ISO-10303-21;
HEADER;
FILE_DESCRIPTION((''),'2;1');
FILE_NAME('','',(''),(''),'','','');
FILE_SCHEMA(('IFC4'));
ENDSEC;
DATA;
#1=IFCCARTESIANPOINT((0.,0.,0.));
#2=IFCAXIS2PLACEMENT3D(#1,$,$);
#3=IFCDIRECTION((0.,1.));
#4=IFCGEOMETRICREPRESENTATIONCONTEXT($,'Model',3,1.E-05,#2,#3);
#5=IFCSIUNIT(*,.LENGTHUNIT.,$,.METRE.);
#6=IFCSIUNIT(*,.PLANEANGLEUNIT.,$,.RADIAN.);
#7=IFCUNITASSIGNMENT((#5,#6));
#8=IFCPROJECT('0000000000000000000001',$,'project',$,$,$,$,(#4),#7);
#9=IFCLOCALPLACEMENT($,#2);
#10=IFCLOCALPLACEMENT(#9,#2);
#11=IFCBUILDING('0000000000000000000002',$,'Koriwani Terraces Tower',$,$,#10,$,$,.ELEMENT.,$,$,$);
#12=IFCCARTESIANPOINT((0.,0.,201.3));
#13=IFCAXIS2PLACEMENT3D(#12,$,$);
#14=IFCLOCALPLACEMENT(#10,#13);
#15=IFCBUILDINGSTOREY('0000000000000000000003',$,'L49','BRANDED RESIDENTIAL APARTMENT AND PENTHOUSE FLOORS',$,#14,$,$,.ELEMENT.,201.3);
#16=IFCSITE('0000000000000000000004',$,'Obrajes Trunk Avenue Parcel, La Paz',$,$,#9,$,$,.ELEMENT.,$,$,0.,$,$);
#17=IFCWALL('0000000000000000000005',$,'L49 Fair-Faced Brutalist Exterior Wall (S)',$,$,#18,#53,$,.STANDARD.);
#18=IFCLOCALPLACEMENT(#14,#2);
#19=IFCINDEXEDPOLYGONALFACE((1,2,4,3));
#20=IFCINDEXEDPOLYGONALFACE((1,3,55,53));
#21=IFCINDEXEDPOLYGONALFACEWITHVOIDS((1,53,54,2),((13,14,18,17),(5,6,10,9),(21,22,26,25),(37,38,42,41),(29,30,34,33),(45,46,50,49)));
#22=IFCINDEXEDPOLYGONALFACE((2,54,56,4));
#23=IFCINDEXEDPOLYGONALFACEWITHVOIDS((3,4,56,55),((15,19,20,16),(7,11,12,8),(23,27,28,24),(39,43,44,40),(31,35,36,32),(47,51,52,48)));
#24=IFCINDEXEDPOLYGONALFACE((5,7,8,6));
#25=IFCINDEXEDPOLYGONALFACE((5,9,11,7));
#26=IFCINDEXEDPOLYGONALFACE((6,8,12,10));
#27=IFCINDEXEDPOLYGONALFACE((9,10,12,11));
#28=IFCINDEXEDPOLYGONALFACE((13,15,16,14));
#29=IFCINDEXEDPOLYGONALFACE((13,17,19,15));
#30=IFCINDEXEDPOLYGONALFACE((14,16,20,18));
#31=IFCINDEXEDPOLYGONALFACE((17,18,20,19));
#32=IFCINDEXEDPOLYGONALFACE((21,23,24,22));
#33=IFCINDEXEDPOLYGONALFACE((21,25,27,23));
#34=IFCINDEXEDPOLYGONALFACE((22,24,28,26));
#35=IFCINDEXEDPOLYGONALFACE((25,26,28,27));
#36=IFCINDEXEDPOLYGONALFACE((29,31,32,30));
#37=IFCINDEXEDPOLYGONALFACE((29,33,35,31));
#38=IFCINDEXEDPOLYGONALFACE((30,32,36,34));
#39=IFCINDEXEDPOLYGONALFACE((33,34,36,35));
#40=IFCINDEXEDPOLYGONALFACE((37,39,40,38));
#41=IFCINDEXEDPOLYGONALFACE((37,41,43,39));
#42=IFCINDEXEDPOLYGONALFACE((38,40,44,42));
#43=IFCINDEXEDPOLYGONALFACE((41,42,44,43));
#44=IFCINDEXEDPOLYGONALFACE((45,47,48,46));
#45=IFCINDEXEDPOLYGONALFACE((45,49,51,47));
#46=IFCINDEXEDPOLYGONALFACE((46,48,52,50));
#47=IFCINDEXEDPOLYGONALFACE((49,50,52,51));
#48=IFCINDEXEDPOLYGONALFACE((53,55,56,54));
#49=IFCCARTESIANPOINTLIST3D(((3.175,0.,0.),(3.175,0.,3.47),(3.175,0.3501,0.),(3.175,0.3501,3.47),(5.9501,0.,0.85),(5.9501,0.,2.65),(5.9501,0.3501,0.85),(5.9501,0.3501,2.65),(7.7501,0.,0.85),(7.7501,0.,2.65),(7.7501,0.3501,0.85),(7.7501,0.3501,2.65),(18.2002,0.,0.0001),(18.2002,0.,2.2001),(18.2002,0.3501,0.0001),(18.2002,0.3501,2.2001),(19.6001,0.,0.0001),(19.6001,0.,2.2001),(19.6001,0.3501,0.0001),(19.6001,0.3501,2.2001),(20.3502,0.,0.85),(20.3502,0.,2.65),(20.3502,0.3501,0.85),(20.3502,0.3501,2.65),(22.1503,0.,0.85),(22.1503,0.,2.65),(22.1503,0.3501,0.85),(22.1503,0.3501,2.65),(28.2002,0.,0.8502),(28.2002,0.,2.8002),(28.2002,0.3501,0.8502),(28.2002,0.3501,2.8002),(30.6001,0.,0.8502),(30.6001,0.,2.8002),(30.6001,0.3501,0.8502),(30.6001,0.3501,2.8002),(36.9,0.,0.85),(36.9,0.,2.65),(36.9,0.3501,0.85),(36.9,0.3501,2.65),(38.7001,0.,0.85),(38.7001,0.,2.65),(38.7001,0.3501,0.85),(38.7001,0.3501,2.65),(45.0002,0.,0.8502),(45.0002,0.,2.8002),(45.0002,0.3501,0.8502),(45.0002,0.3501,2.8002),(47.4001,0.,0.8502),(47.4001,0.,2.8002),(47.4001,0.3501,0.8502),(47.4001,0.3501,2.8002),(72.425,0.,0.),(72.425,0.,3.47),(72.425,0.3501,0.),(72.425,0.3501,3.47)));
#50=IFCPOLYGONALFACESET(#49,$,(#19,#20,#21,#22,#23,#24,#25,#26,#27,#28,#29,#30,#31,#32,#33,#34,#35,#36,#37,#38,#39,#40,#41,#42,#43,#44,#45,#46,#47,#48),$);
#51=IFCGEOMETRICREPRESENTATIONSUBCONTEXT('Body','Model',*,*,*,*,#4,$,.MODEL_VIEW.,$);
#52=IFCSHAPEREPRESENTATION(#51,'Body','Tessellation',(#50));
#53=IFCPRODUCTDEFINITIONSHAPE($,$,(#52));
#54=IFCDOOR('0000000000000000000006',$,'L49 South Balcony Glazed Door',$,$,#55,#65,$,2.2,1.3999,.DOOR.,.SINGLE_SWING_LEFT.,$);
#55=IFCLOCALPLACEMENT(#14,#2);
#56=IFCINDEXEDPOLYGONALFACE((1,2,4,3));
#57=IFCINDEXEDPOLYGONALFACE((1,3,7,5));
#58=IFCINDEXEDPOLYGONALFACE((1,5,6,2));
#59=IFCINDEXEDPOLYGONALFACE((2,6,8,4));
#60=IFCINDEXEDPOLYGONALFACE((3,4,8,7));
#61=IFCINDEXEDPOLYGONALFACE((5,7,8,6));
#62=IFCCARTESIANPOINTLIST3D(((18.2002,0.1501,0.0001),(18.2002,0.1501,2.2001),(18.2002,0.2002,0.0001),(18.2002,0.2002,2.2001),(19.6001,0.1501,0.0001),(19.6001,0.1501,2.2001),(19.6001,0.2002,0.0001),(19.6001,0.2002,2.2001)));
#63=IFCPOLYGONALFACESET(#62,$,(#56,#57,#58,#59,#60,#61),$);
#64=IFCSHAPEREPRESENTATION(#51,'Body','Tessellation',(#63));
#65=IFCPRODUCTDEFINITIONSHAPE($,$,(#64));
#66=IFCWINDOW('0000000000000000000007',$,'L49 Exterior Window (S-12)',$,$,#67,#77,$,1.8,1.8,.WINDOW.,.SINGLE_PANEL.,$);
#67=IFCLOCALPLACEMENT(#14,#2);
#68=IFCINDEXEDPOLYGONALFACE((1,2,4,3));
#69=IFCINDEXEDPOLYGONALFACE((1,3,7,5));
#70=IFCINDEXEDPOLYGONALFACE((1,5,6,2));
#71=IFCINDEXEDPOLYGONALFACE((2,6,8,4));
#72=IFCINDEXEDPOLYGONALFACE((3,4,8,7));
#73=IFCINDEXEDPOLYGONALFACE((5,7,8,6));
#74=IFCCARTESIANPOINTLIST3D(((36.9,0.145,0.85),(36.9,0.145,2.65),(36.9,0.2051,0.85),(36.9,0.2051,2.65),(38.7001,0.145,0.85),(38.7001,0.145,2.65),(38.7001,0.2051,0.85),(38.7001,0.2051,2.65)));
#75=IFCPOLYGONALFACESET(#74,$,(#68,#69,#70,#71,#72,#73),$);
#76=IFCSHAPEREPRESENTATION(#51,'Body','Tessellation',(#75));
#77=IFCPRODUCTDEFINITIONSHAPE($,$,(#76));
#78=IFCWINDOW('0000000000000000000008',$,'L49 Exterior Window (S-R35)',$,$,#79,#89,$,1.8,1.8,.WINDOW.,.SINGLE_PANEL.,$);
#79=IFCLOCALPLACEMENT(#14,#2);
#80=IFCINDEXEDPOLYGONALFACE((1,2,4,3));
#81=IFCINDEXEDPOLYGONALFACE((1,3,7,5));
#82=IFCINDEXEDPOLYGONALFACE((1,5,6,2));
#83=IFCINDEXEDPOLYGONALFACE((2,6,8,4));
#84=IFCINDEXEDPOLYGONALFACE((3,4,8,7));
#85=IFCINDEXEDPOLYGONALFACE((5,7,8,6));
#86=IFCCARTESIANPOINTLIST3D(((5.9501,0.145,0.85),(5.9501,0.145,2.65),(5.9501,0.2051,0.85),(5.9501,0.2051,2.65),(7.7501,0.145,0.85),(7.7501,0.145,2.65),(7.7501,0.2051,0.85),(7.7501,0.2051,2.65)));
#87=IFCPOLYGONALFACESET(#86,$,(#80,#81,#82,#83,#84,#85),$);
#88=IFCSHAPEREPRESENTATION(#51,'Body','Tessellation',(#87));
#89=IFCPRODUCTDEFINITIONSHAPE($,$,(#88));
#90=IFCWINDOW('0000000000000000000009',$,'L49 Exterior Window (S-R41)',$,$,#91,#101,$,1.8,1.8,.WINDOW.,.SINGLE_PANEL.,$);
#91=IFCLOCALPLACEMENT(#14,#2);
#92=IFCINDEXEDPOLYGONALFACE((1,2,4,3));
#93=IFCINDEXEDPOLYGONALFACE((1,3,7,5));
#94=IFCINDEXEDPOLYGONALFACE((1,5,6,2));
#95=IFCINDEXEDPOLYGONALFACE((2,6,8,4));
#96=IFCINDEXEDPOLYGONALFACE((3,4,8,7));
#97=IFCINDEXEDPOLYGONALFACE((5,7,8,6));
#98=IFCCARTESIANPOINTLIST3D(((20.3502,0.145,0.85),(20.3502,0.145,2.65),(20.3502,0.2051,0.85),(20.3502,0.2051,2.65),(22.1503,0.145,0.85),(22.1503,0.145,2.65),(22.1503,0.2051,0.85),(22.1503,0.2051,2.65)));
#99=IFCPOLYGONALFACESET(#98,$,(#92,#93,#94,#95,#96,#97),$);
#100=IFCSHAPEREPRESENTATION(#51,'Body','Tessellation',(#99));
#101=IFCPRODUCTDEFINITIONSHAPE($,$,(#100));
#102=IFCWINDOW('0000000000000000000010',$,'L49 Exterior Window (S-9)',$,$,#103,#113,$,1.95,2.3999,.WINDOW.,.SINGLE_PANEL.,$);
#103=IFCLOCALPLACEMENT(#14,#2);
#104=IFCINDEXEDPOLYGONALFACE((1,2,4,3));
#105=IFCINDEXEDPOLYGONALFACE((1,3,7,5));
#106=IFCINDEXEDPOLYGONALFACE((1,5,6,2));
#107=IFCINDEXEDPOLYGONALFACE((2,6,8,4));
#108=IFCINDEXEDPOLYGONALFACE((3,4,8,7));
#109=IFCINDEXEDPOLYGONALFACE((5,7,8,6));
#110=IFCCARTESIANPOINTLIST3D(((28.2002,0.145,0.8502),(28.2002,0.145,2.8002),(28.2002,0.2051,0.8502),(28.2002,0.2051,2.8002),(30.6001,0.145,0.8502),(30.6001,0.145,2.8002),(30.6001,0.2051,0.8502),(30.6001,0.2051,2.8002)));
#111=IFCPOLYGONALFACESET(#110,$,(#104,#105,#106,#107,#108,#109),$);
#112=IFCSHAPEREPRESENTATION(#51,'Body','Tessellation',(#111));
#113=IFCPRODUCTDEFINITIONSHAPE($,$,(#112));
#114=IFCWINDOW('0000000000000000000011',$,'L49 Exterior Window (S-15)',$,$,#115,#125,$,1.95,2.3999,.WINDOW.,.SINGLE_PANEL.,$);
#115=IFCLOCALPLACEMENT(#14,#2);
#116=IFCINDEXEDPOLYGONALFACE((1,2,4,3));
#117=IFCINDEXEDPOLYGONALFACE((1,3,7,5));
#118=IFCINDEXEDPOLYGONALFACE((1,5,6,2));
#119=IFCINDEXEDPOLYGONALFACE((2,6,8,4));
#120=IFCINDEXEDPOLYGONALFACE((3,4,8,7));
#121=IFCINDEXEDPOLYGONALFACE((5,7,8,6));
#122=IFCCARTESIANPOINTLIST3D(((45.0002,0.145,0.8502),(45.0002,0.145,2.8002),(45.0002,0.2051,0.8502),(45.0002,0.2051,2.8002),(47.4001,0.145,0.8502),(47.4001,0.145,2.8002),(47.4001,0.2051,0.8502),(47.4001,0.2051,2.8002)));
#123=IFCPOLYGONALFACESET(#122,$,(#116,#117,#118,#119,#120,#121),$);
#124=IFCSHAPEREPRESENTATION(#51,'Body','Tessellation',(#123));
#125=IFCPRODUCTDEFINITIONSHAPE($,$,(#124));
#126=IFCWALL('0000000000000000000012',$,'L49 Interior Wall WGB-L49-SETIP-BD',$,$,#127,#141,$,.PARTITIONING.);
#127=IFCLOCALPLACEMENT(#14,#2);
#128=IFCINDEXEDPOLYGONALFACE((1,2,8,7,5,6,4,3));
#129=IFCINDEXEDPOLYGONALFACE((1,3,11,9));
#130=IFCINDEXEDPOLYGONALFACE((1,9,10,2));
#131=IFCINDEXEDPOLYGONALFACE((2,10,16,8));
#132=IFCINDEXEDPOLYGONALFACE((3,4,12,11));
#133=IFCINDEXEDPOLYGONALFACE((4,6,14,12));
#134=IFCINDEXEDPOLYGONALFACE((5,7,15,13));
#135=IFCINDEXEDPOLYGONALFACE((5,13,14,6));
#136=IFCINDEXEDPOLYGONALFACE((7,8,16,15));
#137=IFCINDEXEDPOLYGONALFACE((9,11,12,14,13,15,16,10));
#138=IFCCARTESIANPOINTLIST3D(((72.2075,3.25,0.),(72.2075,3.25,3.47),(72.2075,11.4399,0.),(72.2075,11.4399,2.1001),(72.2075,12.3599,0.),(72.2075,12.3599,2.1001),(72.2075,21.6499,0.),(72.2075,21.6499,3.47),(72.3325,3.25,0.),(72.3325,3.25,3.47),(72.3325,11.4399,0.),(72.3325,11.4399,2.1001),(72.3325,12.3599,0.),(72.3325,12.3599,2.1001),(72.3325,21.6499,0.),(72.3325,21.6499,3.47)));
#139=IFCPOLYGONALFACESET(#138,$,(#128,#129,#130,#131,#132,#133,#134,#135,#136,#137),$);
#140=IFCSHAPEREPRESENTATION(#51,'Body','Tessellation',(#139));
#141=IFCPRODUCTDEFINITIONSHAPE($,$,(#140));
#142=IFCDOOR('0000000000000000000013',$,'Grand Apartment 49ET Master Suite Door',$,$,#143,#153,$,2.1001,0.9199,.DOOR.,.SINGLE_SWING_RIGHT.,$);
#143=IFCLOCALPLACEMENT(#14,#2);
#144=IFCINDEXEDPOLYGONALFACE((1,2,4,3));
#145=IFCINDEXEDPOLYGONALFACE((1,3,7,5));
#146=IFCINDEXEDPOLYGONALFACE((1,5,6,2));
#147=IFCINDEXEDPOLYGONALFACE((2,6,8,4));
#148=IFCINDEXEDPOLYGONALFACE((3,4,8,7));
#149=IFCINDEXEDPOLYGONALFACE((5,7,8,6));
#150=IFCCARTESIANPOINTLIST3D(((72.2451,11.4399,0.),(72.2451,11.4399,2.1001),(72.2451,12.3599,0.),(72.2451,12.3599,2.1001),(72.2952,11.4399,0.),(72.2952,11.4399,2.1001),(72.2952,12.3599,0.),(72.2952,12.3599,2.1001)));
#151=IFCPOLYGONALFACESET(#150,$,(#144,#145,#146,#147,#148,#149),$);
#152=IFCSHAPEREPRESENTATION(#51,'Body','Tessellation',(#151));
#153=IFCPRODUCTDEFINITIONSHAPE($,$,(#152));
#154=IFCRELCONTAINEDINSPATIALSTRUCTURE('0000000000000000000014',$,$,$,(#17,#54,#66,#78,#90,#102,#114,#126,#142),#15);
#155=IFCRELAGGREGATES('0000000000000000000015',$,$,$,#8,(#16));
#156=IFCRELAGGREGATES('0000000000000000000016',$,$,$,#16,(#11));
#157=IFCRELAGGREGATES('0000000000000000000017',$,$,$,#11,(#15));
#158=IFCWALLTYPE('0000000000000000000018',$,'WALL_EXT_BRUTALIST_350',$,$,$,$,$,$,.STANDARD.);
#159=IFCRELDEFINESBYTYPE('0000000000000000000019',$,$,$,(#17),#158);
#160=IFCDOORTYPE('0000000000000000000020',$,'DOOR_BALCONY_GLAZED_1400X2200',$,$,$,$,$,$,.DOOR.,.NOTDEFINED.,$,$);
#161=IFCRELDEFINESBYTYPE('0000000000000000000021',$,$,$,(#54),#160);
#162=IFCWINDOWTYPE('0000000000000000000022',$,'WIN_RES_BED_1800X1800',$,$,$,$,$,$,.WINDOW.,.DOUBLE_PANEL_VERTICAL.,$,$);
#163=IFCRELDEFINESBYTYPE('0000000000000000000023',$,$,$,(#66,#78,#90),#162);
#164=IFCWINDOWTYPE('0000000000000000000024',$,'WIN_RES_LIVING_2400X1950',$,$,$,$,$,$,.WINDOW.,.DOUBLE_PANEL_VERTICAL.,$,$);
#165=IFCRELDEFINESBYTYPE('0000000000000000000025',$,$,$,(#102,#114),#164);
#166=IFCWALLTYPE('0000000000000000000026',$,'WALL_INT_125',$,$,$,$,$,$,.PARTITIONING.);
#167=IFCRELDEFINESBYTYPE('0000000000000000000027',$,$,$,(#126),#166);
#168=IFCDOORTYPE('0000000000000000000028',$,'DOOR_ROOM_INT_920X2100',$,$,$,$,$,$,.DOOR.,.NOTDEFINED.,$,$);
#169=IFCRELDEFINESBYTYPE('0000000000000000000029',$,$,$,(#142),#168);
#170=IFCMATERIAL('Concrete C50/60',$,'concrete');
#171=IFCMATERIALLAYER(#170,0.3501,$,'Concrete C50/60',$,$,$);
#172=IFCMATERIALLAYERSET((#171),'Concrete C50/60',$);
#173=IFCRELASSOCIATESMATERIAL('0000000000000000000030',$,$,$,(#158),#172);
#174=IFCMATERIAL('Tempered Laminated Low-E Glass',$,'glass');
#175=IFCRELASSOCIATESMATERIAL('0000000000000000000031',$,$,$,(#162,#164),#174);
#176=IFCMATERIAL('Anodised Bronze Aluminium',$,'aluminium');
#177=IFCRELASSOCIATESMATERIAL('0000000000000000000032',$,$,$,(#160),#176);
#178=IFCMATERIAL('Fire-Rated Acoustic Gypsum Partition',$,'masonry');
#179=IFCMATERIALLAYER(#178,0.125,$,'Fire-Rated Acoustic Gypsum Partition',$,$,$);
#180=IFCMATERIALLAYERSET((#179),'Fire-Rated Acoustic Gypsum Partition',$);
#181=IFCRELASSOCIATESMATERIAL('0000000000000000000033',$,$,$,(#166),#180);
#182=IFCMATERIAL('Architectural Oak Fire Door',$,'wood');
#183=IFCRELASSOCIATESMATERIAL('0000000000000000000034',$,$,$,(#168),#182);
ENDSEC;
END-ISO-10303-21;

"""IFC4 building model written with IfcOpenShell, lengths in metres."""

from ifc_helpers import new_model, si_unit, direction, frame, frame_2d, origin, place, context, subcontext, project, spatial, rectangle, extrude, material, layer, layer_set, type_object, element, fill, save


model = new_model("IFC4")

# Units and contexts
model_context = context("Model", 3, precision=1e-05, world=origin(), true_north=direction((0.0, 1.0)))
body_context = subcontext(model_context, "Body", "Model", "MODEL_VIEW")
ifc_project = project(units=[si_unit("LENGTHUNIT", "METRE"), si_unit("PLANEANGLEUNIT", "RADIAN")], contexts=[model_context])

# Site, building, storey
site_placement = place(None, origin())
site = spatial("IfcSite", under=ifc_project, at=site_placement, Name="Obrajes Trunk Avenue Parcel, La Paz", CompositionType="ELEMENT", RefElevation=0.0)
building_placement = place(site_placement, origin())
building = spatial("IfcBuilding", under=site, at=building_placement, Name="Koriwani Terraces Tower", CompositionType="ELEMENT")
storey_placement = place(building_placement, frame((0.0, 0.0, 201.3)))
storey = spatial("IfcBuildingStorey", under=building, at=storey_placement, Name="L49", Description="BRANDED RESIDENTIAL APARTMENT AND PENTHOUSE FLOORS", CompositionType="ELEMENT", Elevation=201.3)

# Shared definitions
ifc_material_1 = material(Name="Concrete C50/60", Category="concrete")

# Shared definitions
ifc_material_2 = material(Name="Architectural Oak Fire Door", Category="wood")

# Shared definitions
ifc_layer_1 = layer(ifc_material_1, 0.3501, Name="Concrete C50/60")
ifc_layer_set_1 = layer_set([ifc_layer_1], Name="Concrete C50/60")
wall_type_1 = type_object("IfcWallType", Name="WALL_EXT_BRUTALIST_350", PredefinedType="STANDARD", material=ifc_layer_set_1)
ifc_material_3 = material(Name="Tempered Laminated Low-E Glass", Category="glass")
window_type_1 = type_object("IfcWindowType", Name="WIN_RES_BED_1800X1800", PartitioningType="DOUBLE_PANEL_VERTICAL", PredefinedType="WINDOW", material=ifc_material_3)

# Wall, openings, door, windows
wall_1_placement = place(storey_placement, frame((72.425, 0.175, 0.0), z_axis=(0.0, 0.0, 1.0), x_axis=(-1.0, 0.0, 0.0)))
wall_1 = element("IfcWall", 1, at=wall_1_placement, inside=storey, type_object=wall_type_1, Name="L49 Fair-Faced Brutalist Exterior Wall (S)", PredefinedType="STANDARD", context=body_context, shape_type="SweptSolid", body=[
    extrude(rectangle(XDim=69.25, YDim=0.3501, at=frame_2d((34.625, 0.0))), origin(), (0.0, 0.0, 1.0), 3.47),
])
opening_1_placement = place(wall_1_placement, frame((52.825, 0.0, 0.0)))
opening_1 = element("IfcOpeningElement", 2, at=opening_1_placement, cuts=wall_1, PredefinedType="OPENING", context=body_context, shape_type="SweptSolid", body=[
    extrude(rectangle(XDim=1.3999, YDim=2.2, at=frame_2d((0.7, 1.1001))), frame((0.0, 0.1851, 0.0), z_axis=(0.0, -1.0, 0.0), x_axis=(1.0, 0.0, 0.0)), (0.0, 0.0, 1.0), 0.3701),
])
opening_2_placement = place(wall_1_placement, frame((41.825, 0.0, 0.8501)))
opening_2 = element("IfcOpeningElement", 3, at=opening_2_placement, cuts=wall_1, PredefinedType="OPENING", context=body_context, shape_type="SweptSolid", body=[
    extrude(rectangle(XDim=2.3999, YDim=1.95, at=frame_2d((1.2, 0.9751))), frame((0.0, 0.1851, 0.0), z_axis=(0.0, -1.0, 0.0), x_axis=(1.0, 0.0, 0.0)), (0.0, 0.0, 1.0), 0.3701),
])
opening_3_placement = place(wall_1_placement, frame((33.7251, 0.0, 0.8501)))
opening_3 = element("IfcOpeningElement", 4, at=opening_3_placement, cuts=wall_1, PredefinedType="OPENING", context=body_context, shape_type="SweptSolid", body=[
    extrude(rectangle(XDim=1.8, YDim=1.8, at=frame_2d((0.8999, 0.8999))), frame((0.0, 0.1851, 0.0), z_axis=(0.0, -1.0, 0.0), x_axis=(1.0, 0.0, 0.0)), (0.0, 0.0, 1.0), 0.3701),
])
opening_4_placement = place(wall_1_placement, frame((25.0249, 0.0, 0.8501)))
opening_4 = element("IfcOpeningElement", 5, at=opening_4_placement, cuts=wall_1, PredefinedType="OPENING", context=body_context, shape_type="SweptSolid", body=[
    extrude(rectangle(XDim=2.3999, YDim=1.95, at=frame_2d((1.2, 0.9751))), frame((0.0, 0.1851, 0.0), z_axis=(0.0, -1.0, 0.0), x_axis=(1.0, 0.0, 0.0)), (0.0, 0.0, 1.0), 0.3701),
])
opening_5_placement = place(wall_1_placement, frame((64.675, 0.0, 0.8501)))
opening_5 = element("IfcOpeningElement", 6, at=opening_5_placement, cuts=wall_1, PredefinedType="OPENING", context=body_context, shape_type="SweptSolid", body=[
    extrude(rectangle(XDim=1.8, YDim=1.8, at=frame_2d((0.8999, 0.8999))), frame((0.0, 0.1851, 0.0), z_axis=(0.0, -1.0, 0.0), x_axis=(1.0, 0.0, 0.0)), (0.0, 0.0, 1.0), 0.3701),
])
opening_6_placement = place(wall_1_placement, frame((50.2749, 0.0, 0.8501)))
opening_6 = element("IfcOpeningElement", 7, at=opening_6_placement, cuts=wall_1, PredefinedType="OPENING", context=body_context, shape_type="SweptSolid", body=[
    extrude(rectangle(XDim=1.8, YDim=1.8, at=frame_2d((0.8999, 0.8999))), frame((0.0, 0.1851, 0.0), z_axis=(0.0, -1.0, 0.0), x_axis=(1.0, 0.0, 0.0)), (0.0, 0.0, 1.0), 0.3701),
])
ifc_material_4 = material(Name="Anodised Bronze Aluminium", Category="aluminium")
door_type_1 = type_object("IfcDoorType", Name="DOOR_BALCONY_GLAZED_1400X2200", OperationType="NOTDEFINED", PredefinedType="DOOR", material=ifc_material_4)
door_1_placement = place(opening_1_placement, origin())
door_1 = element("IfcDoor", 8, at=door_1_placement, inside=storey, type_object=door_type_1, Name="L49 South Balcony Glazed Door", OperationType="SINGLE_SWING_LEFT", OverallHeight=2.2, OverallWidth=1.3999, PredefinedType="DOOR", context=body_context, shape_type="SweptSolid", body=[
    extrude(rectangle(XDim=1.3999, YDim=2.2, at=frame_2d((0.7, 1.1001))), frame((0.0, 0.0249, 0.0), z_axis=(0.0, -1.0, 0.0), x_axis=(1.0, 0.0, 0.0)), (0.0, 0.0, 1.0), 0.05),
])
fill(opening_1, door_1)
window_1_placement = place(opening_3_placement, origin())
window_1 = element("IfcWindow", 9, at=window_1_placement, inside=storey, type_object=window_type_1, Name="L49 Exterior Window (S-12)", OverallHeight=1.8, OverallWidth=1.8, PartitioningType="SINGLE_PANEL", PredefinedType="WINDOW", context=body_context, shape_type="SweptSolid", body=[
    extrude(rectangle(XDim=1.8, YDim=1.8, at=frame_2d((0.8999, 0.8999))), frame((0.0, 0.03, 0.0), z_axis=(0.0, -1.0, 0.0), x_axis=(1.0, 0.0, 0.0)), (0.0, 0.0, 1.0), 0.0601),
])
fill(opening_3, window_1)
window_2_placement = place(opening_5_placement, origin())
window_2 = element("IfcWindow", 10, at=window_2_placement, inside=storey, type_object=window_type_1, Name="L49 Exterior Window (S-R35)", OverallHeight=1.8, OverallWidth=1.8, PartitioningType="SINGLE_PANEL", PredefinedType="WINDOW", context=body_context, shape_type="SweptSolid", body=[
    extrude(rectangle(XDim=1.8, YDim=1.8, at=frame_2d((0.8999, 0.8999))), frame((0.0, 0.03, 0.0), z_axis=(0.0, -1.0, 0.0), x_axis=(1.0, 0.0, 0.0)), (0.0, 0.0, 1.0), 0.0601),
])
fill(opening_5, window_2)
window_3_placement = place(opening_6_placement, origin())
window_3 = element("IfcWindow", 11, at=window_3_placement, inside=storey, type_object=window_type_1, Name="L49 Exterior Window (S-R41)", OverallHeight=1.8, OverallWidth=1.8, PartitioningType="SINGLE_PANEL", PredefinedType="WINDOW", context=body_context, shape_type="SweptSolid", body=[
    extrude(rectangle(XDim=1.8, YDim=1.8, at=frame_2d((0.8999, 0.8999))), frame((0.0, 0.03, 0.0), z_axis=(0.0, -1.0, 0.0), x_axis=(1.0, 0.0, 0.0)), (0.0, 0.0, 1.0), 0.0601),
])
fill(opening_6, window_3)
window_type_2 = type_object("IfcWindowType", Name="WIN_RES_LIVING_2400X1950", PartitioningType="DOUBLE_PANEL_VERTICAL", PredefinedType="WINDOW", material=ifc_material_3)
window_4_placement = place(opening_2_placement, origin())
window_4 = element("IfcWindow", 12, at=window_4_placement, inside=storey, type_object=window_type_2, Name="L49 Exterior Window (S-9)", OverallHeight=1.95, OverallWidth=2.3999, PartitioningType="SINGLE_PANEL", PredefinedType="WINDOW", context=body_context, shape_type="SweptSolid", body=[
    extrude(rectangle(XDim=2.3999, YDim=1.95, at=frame_2d((1.2, 0.9751))), frame((0.0, 0.03, 0.0), z_axis=(0.0, -1.0, 0.0), x_axis=(1.0, 0.0, 0.0)), (0.0, 0.0, 1.0), 0.0601),
])
fill(opening_2, window_4)
window_5_placement = place(opening_4_placement, origin())
window_5 = element("IfcWindow", 13, at=window_5_placement, inside=storey, type_object=window_type_2, Name="L49 Exterior Window (S-15)", OverallHeight=1.95, OverallWidth=2.3999, PartitioningType="SINGLE_PANEL", PredefinedType="WINDOW", context=body_context, shape_type="SweptSolid", body=[
    extrude(rectangle(XDim=2.3999, YDim=1.95, at=frame_2d((1.2, 0.9751))), frame((0.0, 0.03, 0.0), z_axis=(0.0, -1.0, 0.0), x_axis=(1.0, 0.0, 0.0)), (0.0, 0.0, 1.0), 0.0601),
])
fill(opening_4, window_5)

# Wall, opening, door
ifc_material_5 = material(Name="Fire-Rated Acoustic Gypsum Partition", Category="masonry")
ifc_layer_2 = layer(ifc_material_5, 0.125, Name="Fire-Rated Acoustic Gypsum Partition")
ifc_layer_set_2 = layer_set([ifc_layer_2], Name="Fire-Rated Acoustic Gypsum Partition")
wall_type_2 = type_object("IfcWallType", Name="WALL_INT_125", PredefinedType="PARTITIONING", material=ifc_layer_set_2)
wall_2_placement = place(storey_placement, frame((72.27, 3.25, 0.0), z_axis=(0.0, 0.0, 1.0), x_axis=(0.0, 1.0, 0.0)))
wall_2 = element("IfcWall", 14, at=wall_2_placement, inside=storey, type_object=wall_type_2, Name="L49 Interior Wall WGB-L49-SETIP-BD", PredefinedType="PARTITIONING", context=body_context, shape_type="SweptSolid", body=[
    extrude(rectangle(XDim=18.3999, YDim=0.125, at=frame_2d((9.2, 0.0))), origin(), (0.0, 0.0, 1.0), 3.47),
])
opening_7_placement = place(wall_2_placement, frame((8.1899, 0.0, 0.0)))
opening_7 = element("IfcOpeningElement", 15, at=opening_7_placement, cuts=wall_2, PredefinedType="OPENING", context=body_context, shape_type="SweptSolid", body=[
    extrude(rectangle(XDim=0.9199, YDim=2.1001, at=frame_2d((0.46, 1.05))), frame((0.0, 0.0725, 0.0), z_axis=(0.0, -1.0, 0.0), x_axis=(1.0, 0.0, 0.0)), (0.0, 0.0, 1.0), 0.145),
])
door_type_2 = type_object("IfcDoorType", Name="DOOR_ROOM_INT_920X2100", OperationType="NOTDEFINED", PredefinedType="DOOR", material=ifc_material_2)
door_2_placement = place(opening_7_placement, origin())
door_2 = element("IfcDoor", 16, at=door_2_placement, inside=storey, type_object=door_type_2, Name="Grand Apartment 49ET Master Suite Door", OperationType="SINGLE_SWING_RIGHT", OverallHeight=2.1001, OverallWidth=0.9199, PredefinedType="DOOR", context=body_context, shape_type="SweptSolid", body=[
    extrude(rectangle(XDim=0.9199, YDim=2.1001, at=frame_2d((0.46, 1.05))), frame((0.0, 0.0249, 0.0), z_axis=(0.0, -1.0, 0.0), x_axis=(1.0, 0.0, 0.0)), (0.0, 0.0, 1.0), 0.05),
])
fill(opening_7, door_2)

save(model, "model.ifc")
